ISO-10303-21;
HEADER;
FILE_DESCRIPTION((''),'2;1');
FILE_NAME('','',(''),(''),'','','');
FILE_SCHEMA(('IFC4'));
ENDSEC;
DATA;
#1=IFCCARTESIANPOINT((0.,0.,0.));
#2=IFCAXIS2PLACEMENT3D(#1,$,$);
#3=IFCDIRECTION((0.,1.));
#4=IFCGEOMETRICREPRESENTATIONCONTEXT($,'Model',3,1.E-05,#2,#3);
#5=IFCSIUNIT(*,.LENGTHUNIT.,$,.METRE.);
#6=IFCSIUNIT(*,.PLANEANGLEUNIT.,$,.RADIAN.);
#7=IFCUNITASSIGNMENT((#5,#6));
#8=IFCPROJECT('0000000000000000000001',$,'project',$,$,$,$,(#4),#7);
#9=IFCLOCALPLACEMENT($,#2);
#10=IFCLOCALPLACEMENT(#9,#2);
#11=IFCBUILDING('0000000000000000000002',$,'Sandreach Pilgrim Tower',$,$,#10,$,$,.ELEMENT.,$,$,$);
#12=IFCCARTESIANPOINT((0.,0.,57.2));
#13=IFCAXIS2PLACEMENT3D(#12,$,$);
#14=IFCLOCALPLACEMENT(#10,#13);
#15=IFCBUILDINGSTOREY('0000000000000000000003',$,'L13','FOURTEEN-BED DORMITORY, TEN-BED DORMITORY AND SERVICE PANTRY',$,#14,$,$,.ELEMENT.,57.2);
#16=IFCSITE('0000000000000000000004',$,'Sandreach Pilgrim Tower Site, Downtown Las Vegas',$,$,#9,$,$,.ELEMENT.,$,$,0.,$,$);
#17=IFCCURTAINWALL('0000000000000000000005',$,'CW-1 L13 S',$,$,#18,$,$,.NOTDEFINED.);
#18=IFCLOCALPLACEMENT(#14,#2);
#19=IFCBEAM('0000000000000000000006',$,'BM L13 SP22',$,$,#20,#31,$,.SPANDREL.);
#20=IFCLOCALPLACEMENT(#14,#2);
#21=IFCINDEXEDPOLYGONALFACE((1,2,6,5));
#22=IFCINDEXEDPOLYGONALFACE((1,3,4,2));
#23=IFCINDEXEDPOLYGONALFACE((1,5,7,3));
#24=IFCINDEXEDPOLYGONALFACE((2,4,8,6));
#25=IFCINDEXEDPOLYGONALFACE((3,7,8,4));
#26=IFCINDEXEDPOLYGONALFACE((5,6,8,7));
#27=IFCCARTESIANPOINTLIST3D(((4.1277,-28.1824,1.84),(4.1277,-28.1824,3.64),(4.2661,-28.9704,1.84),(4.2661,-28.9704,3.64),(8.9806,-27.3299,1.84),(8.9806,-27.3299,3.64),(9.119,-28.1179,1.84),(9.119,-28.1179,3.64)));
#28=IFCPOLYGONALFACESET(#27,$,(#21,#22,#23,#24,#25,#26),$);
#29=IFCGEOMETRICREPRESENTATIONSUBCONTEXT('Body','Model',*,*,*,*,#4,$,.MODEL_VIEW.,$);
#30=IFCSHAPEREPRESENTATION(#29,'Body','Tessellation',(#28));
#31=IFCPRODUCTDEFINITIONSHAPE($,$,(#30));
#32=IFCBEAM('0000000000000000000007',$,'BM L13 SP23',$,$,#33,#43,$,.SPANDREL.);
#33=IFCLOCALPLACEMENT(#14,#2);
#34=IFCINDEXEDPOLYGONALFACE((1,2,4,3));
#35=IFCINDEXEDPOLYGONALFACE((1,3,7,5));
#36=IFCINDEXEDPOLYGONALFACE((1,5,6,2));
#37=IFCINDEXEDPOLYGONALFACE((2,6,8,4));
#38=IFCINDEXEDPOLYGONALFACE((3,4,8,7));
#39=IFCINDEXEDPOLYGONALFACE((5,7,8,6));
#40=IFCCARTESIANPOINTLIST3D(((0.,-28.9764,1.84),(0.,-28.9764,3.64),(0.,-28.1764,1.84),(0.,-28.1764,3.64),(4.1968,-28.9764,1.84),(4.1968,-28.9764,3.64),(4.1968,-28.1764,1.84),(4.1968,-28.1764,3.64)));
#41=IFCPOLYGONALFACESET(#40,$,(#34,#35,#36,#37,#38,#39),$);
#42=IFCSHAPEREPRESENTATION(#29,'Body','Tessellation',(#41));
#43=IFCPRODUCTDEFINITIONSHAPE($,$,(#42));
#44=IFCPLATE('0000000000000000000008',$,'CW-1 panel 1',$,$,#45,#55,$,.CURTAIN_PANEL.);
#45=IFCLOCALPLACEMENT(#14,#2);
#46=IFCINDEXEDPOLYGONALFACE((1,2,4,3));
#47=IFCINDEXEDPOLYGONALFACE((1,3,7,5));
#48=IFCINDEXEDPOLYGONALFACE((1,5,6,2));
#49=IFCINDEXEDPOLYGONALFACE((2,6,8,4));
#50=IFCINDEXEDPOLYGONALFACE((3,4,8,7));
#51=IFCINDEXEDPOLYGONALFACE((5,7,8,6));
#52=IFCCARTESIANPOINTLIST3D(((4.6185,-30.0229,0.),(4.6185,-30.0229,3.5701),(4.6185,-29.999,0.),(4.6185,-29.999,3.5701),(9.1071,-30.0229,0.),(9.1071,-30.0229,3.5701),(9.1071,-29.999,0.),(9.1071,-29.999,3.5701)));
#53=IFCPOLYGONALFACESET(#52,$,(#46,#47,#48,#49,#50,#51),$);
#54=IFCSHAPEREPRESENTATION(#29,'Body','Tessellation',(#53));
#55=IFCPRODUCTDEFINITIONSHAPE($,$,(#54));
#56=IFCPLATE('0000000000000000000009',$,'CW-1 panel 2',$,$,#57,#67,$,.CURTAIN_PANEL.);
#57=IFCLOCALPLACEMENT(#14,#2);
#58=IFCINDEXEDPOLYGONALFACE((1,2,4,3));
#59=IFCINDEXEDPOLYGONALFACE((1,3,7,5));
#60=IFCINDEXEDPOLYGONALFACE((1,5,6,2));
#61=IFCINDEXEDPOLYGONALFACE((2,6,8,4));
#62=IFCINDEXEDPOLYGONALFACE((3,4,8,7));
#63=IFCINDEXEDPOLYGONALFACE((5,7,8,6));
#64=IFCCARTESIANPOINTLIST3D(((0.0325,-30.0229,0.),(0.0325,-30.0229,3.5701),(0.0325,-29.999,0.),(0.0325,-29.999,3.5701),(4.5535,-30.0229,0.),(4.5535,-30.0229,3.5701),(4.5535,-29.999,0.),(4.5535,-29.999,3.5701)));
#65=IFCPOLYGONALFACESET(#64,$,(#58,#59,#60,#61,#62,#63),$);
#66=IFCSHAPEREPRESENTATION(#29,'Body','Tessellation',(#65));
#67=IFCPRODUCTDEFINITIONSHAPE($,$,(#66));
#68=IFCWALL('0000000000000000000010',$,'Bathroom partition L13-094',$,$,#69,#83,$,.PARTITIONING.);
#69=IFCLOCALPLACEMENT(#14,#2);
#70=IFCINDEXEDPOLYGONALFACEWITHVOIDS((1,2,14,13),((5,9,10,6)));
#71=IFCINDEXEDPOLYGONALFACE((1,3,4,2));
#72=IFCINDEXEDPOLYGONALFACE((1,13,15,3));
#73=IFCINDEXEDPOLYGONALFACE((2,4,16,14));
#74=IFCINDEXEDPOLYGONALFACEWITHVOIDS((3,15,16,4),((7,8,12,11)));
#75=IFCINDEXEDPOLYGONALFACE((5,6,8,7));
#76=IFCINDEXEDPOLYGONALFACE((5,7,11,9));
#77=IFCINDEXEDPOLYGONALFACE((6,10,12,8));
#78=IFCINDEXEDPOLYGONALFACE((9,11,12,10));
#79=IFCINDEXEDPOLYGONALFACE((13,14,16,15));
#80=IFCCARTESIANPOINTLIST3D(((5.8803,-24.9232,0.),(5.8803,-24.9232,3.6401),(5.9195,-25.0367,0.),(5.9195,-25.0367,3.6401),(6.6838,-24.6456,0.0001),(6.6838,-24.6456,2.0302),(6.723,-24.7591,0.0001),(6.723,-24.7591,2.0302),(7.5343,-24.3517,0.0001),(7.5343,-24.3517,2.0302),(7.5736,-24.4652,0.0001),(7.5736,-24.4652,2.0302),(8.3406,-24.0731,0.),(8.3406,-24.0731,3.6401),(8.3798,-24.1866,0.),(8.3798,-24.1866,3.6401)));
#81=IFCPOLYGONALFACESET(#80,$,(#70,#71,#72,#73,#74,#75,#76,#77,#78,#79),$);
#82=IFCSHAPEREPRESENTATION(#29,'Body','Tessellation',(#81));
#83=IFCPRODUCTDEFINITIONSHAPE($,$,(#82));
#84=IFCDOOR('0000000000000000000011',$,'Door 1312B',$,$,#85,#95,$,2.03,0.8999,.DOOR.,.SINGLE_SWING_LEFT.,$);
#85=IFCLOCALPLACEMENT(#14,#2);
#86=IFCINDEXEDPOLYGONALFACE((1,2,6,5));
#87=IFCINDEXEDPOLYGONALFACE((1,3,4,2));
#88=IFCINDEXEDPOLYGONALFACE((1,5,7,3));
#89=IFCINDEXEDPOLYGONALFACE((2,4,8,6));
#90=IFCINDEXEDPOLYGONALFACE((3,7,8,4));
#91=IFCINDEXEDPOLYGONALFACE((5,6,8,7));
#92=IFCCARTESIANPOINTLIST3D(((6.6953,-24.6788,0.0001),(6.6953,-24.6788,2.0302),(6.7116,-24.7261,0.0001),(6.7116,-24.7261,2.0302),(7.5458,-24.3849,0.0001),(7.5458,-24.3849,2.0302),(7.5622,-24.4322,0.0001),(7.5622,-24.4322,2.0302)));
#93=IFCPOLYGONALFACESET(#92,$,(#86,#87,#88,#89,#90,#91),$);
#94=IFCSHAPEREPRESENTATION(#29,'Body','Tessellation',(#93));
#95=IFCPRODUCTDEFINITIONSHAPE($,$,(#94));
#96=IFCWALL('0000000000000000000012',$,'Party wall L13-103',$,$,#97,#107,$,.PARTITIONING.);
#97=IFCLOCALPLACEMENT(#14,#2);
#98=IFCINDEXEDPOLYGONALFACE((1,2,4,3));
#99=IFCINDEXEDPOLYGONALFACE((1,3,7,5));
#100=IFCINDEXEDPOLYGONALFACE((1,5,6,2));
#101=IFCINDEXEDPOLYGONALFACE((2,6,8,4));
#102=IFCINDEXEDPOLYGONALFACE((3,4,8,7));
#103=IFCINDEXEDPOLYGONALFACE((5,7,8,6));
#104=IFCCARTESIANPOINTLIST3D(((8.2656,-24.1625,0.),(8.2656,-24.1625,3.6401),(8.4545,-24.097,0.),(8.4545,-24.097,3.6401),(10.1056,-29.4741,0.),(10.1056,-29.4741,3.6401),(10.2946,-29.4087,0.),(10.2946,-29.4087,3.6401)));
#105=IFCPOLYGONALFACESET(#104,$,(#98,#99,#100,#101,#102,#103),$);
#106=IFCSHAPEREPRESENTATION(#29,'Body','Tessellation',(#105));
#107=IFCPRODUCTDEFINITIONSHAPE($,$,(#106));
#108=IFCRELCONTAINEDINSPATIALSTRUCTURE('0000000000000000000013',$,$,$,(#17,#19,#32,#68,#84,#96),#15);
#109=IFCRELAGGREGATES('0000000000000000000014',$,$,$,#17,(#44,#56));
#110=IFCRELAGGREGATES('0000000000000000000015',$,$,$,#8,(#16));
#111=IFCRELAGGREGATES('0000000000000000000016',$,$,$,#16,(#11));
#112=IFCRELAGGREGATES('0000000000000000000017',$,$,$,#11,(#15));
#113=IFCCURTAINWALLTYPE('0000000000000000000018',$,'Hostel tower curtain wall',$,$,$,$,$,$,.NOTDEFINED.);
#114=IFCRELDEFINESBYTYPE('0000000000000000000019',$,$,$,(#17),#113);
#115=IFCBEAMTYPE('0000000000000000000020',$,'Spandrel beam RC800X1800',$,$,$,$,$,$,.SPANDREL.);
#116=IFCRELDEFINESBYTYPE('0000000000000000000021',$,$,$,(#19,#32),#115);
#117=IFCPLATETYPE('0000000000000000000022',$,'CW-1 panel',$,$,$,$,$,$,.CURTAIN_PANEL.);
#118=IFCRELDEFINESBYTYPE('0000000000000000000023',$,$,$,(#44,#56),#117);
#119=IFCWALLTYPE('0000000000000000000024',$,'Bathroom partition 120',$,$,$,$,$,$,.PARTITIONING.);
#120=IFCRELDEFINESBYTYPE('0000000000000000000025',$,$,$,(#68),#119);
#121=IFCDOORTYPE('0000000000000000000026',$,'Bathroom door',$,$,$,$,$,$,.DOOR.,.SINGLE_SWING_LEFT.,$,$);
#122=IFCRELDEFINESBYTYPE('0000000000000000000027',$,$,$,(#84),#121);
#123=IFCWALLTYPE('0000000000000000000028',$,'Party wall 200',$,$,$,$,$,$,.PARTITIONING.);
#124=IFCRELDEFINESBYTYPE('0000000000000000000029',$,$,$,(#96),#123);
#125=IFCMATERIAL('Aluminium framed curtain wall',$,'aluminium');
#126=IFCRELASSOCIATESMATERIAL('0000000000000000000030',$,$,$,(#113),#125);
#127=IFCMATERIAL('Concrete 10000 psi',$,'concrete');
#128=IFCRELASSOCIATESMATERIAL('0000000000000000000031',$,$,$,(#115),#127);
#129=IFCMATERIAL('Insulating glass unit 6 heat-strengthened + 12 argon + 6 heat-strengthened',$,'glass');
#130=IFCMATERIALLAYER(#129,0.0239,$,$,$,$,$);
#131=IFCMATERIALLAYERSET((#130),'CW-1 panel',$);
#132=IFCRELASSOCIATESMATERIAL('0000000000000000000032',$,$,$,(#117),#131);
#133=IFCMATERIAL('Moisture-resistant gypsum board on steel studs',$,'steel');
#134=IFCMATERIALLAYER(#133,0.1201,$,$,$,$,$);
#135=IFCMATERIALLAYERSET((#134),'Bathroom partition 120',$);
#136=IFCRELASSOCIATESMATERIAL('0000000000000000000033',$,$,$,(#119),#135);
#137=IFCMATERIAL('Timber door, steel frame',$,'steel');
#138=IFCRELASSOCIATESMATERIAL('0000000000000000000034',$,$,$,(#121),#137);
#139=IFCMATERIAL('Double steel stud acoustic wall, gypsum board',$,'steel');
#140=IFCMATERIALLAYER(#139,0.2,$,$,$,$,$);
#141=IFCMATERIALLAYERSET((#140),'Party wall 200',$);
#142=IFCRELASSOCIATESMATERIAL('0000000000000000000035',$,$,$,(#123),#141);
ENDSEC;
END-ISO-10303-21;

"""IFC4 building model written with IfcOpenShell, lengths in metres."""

from ifc_helpers import new_model, si_unit, direction, frame, frame_2d, origin, origin_2d, place, context, subcontext, project, spatial, rectangle, extrude, material, layer, layer_set, material_profile, profile_set, type_object, element, fill, aggregate, save


model = new_model("IFC4")

# Units and contexts
model_context = context("Model", 3, precision=1e-05, world=origin(), true_north=direction((0.0, 1.0)))
body_context = subcontext(model_context, "Body", "Model", "MODEL_VIEW")
ifc_project = project(units=[si_unit("LENGTHUNIT", "METRE"), si_unit("PLANEANGLEUNIT", "RADIAN")], contexts=[model_context])

# Site, building, storey
site_placement = place(None, origin())
site = spatial("IfcSite", under=ifc_project, at=site_placement, Name="Sandreach Pilgrim Tower Site, Downtown Las Vegas", CompositionType="ELEMENT", RefElevation=0.0)
building_placement = place(site_placement, origin())
building = spatial("IfcBuilding", under=site, at=building_placement, Name="Sandreach Pilgrim Tower", CompositionType="ELEMENT")
storey_placement = place(building_placement, frame((0.0, 0.0, 57.2)))
storey = spatial("IfcBuildingStorey", under=building, at=storey_placement, Name="L13", Description="FOURTEEN-BED DORMITORY, TEN-BED DORMITORY AND SERVICE PANTRY", CompositionType="ELEMENT", Elevation=57.2)

# Curtain wall
ifc_material_1 = material(Name="Aluminium framed curtain wall", Category="aluminium")
curtain_wall_type = type_object("IfcCurtainWallType", Name="Hostel tower curtain wall", PredefinedType="NOTDEFINED", material=ifc_material_1)
curtain_wall_placement = place(storey_placement, origin())
curtain_wall = element("IfcCurtainWall", 1, at=curtain_wall_placement, inside=storey, type_object=curtain_wall_type, Name="CW-1 L13 S", PredefinedType="NOTDEFINED")

# Beams
ifc_material_2 = material(Name="Concrete 10000 psi", Category="concrete")
ifc_material_profile_1 = material_profile(ifc_material_2, rectangle(XDim=0.8, YDim=1.8, at=origin_2d()), Name="RC800X1800")
ifc_profile_set_1 = profile_set([ifc_material_profile_1], Name="Concrete 10000 psi")
beam_type_1 = type_object("IfcBeamType", Name="Spandrel beam RC800X1800", PredefinedType="SPANDREL", material=ifc_profile_set_1)
beam_1_placement = place(storey_placement, frame((9.0498, -27.7239, 2.74), z_axis=(-0.984918, -0.173022, 0.0), x_axis=(0.173022, -0.984918, 0.0)))
element("IfcBeam", 2, at=beam_1_placement, inside=storey, type_object=beam_type_1, Name="BM L13 SP22", PredefinedType="SPANDREL", context=body_context, shape_type="SweptSolid", body=[
    extrude(rectangle(XDim=0.8, YDim=1.8, at=origin_2d()), origin(), (0.0, 0.0, 1.0), 4.9272),
])
beam_2_placement = place(storey_placement, frame((4.1968, -28.5764, 2.74), z_axis=(-1.0, 0.0, 0.0), x_axis=(0.0, -1.0, 0.0)))
element("IfcBeam", 3, at=beam_2_placement, inside=storey, type_object=beam_type_1, Name="BM L13 SP23", PredefinedType="SPANDREL", context=body_context, shape_type="SweptSolid", body=[
    extrude(rectangle(XDim=0.8, YDim=1.8, at=origin_2d()), origin(), (0.0, 0.0, 1.0), 4.1968),
])

# Plates
ifc_material_3 = material(Name="Insulating glass unit 6 heat-strengthened + 12 argon + 6 heat-strengthened", Category="glass")
ifc_layer_1 = layer(ifc_material_3, 0.0239)
ifc_layer_set_1 = layer_set([ifc_layer_1], Name="CW-1 panel")
plate_type = type_object("IfcPlateType", Name="CW-1 panel", PredefinedType="CURTAIN_PANEL", material=ifc_layer_set_1)
plate_1_placement = place(storey_placement, frame((6.8628, -30.011, 0.0), z_axis=(0.0, 0.0, 1.0), x_axis=(-1.0, 0.0, 0.0)))
plate_1 = element("IfcPlate", 4, at=plate_1_placement, type_object=plate_type, Name="CW-1 panel 1", PredefinedType="CURTAIN_PANEL", context=body_context, shape_type="SweptSolid", body=[
    extrude(rectangle(XDim=4.4885, YDim=0.0239, at=origin_2d()), origin(), (0.0, 0.0, 1.0), 3.5701),
])
plate_2_placement = place(storey_placement, frame((2.293, -30.011, 0.0), z_axis=(0.0, 0.0, 1.0), x_axis=(-1.0, 0.0, 0.0)))
plate_2 = element("IfcPlate", 5, at=plate_2_placement, type_object=plate_type, Name="CW-1 panel 2", PredefinedType="CURTAIN_PANEL", context=body_context, shape_type="SweptSolid", body=[
    extrude(rectangle(XDim=4.521, YDim=0.0239, at=origin_2d()), origin(), (0.0, 0.0, 1.0), 3.5701),
])
aggregate(curtain_wall, [plate_1, plate_2])

# Wall, opening, door
ifc_material_4 = material(Name="Moisture-resistant gypsum board on steel studs", Category="steel")
ifc_layer_2 = layer(ifc_material_4, 0.1201)
ifc_layer_set_2 = layer_set([ifc_layer_2], Name="Bathroom partition 120")
wall_type_1 = type_object("IfcWallType", Name="Bathroom partition 120", PredefinedType="PARTITIONING", material=ifc_layer_set_2)
wall_1_placement = place(storey_placement, frame((5.8999, -24.98, 0.0), z_axis=(0.0, 0.0, 1.0), x_axis=(0.945165, 0.326592, 0.0)))
wall_1 = element("IfcWall", 6, at=wall_1_placement, inside=storey, type_object=wall_type_1, Name="Bathroom partition L13-094", PredefinedType="PARTITIONING", context=body_context, shape_type="SweptSolid", body=[
    extrude(rectangle(XDim=2.603, YDim=0.1201, at=frame_2d((1.3015, 0.0))), origin(), (0.0, 0.0, 1.0), 3.6401),
])
opening_placement = place(wall_1_placement, frame((0.8501, 0.0, 0.0)))
opening = element("IfcOpeningElement", 7, at=opening_placement, cuts=wall_1, PredefinedType="OPENING", context=body_context, shape_type="SweptSolid", body=[
    extrude(rectangle(XDim=0.8999, YDim=2.03, at=frame_2d((0.45, 1.0151))), frame((0.0, 0.0601, 0.0), z_axis=(0.0, -1.0, 0.0), x_axis=(1.0, 0.0, 0.0)), (0.0, 0.0, 1.0), 0.1201),
])
ifc_material_5 = material(Name="Timber door, steel frame", Category="steel")
door_type = type_object("IfcDoorType", Name="Bathroom door", OperationType="SINGLE_SWING_LEFT", PredefinedType="DOOR", material=ifc_material_5)
door_placement = place(opening_placement, origin())
door = element("IfcDoor", 8, at=door_placement, inside=storey, type_object=door_type, Name="Door 1312B", OperationType="SINGLE_SWING_LEFT", OverallHeight=2.03, OverallWidth=0.8999, PredefinedType="DOOR", context=body_context, shape_type="SweptSolid", body=[
    extrude(rectangle(XDim=0.8999, YDim=2.03, at=frame_2d((0.45, 1.0151))), frame((0.0, 0.0249, 0.0), z_axis=(0.0, -1.0, 0.0), x_axis=(1.0, 0.0, 0.0)), (0.0, 0.0, 1.0), 0.05),
])
fill(opening, door)

# Wall
ifc_material_6 = material(Name="Double steel stud acoustic wall, gypsum board", Category="steel")
ifc_layer_3 = layer(ifc_material_6, 0.2)
ifc_layer_set_3 = layer_set([ifc_layer_3], Name="Party wall 200")
wall_type_2 = type_object("IfcWallType", Name="Party wall 200", PredefinedType="PARTITIONING", material=ifc_layer_set_3)
wall_2_placement = place(storey_placement, frame((8.3601, -24.1299, 0.0), z_axis=(0.0, 0.0, 1.0), x_axis=(0.327333, -0.944909, 0.0)))
element("IfcWall", 9, at=wall_2_placement, inside=storey, type_object=wall_type_2, Name="Party wall L13-103", PredefinedType="PARTITIONING", context=body_context, shape_type="SweptSolid", body=[
    extrude(rectangle(XDim=5.6213, YDim=0.2, at=frame_2d((2.8105, 0.0))), origin(), (0.0, 0.0, 1.0), 3.6401),
])

save(model, "model.ifc")
